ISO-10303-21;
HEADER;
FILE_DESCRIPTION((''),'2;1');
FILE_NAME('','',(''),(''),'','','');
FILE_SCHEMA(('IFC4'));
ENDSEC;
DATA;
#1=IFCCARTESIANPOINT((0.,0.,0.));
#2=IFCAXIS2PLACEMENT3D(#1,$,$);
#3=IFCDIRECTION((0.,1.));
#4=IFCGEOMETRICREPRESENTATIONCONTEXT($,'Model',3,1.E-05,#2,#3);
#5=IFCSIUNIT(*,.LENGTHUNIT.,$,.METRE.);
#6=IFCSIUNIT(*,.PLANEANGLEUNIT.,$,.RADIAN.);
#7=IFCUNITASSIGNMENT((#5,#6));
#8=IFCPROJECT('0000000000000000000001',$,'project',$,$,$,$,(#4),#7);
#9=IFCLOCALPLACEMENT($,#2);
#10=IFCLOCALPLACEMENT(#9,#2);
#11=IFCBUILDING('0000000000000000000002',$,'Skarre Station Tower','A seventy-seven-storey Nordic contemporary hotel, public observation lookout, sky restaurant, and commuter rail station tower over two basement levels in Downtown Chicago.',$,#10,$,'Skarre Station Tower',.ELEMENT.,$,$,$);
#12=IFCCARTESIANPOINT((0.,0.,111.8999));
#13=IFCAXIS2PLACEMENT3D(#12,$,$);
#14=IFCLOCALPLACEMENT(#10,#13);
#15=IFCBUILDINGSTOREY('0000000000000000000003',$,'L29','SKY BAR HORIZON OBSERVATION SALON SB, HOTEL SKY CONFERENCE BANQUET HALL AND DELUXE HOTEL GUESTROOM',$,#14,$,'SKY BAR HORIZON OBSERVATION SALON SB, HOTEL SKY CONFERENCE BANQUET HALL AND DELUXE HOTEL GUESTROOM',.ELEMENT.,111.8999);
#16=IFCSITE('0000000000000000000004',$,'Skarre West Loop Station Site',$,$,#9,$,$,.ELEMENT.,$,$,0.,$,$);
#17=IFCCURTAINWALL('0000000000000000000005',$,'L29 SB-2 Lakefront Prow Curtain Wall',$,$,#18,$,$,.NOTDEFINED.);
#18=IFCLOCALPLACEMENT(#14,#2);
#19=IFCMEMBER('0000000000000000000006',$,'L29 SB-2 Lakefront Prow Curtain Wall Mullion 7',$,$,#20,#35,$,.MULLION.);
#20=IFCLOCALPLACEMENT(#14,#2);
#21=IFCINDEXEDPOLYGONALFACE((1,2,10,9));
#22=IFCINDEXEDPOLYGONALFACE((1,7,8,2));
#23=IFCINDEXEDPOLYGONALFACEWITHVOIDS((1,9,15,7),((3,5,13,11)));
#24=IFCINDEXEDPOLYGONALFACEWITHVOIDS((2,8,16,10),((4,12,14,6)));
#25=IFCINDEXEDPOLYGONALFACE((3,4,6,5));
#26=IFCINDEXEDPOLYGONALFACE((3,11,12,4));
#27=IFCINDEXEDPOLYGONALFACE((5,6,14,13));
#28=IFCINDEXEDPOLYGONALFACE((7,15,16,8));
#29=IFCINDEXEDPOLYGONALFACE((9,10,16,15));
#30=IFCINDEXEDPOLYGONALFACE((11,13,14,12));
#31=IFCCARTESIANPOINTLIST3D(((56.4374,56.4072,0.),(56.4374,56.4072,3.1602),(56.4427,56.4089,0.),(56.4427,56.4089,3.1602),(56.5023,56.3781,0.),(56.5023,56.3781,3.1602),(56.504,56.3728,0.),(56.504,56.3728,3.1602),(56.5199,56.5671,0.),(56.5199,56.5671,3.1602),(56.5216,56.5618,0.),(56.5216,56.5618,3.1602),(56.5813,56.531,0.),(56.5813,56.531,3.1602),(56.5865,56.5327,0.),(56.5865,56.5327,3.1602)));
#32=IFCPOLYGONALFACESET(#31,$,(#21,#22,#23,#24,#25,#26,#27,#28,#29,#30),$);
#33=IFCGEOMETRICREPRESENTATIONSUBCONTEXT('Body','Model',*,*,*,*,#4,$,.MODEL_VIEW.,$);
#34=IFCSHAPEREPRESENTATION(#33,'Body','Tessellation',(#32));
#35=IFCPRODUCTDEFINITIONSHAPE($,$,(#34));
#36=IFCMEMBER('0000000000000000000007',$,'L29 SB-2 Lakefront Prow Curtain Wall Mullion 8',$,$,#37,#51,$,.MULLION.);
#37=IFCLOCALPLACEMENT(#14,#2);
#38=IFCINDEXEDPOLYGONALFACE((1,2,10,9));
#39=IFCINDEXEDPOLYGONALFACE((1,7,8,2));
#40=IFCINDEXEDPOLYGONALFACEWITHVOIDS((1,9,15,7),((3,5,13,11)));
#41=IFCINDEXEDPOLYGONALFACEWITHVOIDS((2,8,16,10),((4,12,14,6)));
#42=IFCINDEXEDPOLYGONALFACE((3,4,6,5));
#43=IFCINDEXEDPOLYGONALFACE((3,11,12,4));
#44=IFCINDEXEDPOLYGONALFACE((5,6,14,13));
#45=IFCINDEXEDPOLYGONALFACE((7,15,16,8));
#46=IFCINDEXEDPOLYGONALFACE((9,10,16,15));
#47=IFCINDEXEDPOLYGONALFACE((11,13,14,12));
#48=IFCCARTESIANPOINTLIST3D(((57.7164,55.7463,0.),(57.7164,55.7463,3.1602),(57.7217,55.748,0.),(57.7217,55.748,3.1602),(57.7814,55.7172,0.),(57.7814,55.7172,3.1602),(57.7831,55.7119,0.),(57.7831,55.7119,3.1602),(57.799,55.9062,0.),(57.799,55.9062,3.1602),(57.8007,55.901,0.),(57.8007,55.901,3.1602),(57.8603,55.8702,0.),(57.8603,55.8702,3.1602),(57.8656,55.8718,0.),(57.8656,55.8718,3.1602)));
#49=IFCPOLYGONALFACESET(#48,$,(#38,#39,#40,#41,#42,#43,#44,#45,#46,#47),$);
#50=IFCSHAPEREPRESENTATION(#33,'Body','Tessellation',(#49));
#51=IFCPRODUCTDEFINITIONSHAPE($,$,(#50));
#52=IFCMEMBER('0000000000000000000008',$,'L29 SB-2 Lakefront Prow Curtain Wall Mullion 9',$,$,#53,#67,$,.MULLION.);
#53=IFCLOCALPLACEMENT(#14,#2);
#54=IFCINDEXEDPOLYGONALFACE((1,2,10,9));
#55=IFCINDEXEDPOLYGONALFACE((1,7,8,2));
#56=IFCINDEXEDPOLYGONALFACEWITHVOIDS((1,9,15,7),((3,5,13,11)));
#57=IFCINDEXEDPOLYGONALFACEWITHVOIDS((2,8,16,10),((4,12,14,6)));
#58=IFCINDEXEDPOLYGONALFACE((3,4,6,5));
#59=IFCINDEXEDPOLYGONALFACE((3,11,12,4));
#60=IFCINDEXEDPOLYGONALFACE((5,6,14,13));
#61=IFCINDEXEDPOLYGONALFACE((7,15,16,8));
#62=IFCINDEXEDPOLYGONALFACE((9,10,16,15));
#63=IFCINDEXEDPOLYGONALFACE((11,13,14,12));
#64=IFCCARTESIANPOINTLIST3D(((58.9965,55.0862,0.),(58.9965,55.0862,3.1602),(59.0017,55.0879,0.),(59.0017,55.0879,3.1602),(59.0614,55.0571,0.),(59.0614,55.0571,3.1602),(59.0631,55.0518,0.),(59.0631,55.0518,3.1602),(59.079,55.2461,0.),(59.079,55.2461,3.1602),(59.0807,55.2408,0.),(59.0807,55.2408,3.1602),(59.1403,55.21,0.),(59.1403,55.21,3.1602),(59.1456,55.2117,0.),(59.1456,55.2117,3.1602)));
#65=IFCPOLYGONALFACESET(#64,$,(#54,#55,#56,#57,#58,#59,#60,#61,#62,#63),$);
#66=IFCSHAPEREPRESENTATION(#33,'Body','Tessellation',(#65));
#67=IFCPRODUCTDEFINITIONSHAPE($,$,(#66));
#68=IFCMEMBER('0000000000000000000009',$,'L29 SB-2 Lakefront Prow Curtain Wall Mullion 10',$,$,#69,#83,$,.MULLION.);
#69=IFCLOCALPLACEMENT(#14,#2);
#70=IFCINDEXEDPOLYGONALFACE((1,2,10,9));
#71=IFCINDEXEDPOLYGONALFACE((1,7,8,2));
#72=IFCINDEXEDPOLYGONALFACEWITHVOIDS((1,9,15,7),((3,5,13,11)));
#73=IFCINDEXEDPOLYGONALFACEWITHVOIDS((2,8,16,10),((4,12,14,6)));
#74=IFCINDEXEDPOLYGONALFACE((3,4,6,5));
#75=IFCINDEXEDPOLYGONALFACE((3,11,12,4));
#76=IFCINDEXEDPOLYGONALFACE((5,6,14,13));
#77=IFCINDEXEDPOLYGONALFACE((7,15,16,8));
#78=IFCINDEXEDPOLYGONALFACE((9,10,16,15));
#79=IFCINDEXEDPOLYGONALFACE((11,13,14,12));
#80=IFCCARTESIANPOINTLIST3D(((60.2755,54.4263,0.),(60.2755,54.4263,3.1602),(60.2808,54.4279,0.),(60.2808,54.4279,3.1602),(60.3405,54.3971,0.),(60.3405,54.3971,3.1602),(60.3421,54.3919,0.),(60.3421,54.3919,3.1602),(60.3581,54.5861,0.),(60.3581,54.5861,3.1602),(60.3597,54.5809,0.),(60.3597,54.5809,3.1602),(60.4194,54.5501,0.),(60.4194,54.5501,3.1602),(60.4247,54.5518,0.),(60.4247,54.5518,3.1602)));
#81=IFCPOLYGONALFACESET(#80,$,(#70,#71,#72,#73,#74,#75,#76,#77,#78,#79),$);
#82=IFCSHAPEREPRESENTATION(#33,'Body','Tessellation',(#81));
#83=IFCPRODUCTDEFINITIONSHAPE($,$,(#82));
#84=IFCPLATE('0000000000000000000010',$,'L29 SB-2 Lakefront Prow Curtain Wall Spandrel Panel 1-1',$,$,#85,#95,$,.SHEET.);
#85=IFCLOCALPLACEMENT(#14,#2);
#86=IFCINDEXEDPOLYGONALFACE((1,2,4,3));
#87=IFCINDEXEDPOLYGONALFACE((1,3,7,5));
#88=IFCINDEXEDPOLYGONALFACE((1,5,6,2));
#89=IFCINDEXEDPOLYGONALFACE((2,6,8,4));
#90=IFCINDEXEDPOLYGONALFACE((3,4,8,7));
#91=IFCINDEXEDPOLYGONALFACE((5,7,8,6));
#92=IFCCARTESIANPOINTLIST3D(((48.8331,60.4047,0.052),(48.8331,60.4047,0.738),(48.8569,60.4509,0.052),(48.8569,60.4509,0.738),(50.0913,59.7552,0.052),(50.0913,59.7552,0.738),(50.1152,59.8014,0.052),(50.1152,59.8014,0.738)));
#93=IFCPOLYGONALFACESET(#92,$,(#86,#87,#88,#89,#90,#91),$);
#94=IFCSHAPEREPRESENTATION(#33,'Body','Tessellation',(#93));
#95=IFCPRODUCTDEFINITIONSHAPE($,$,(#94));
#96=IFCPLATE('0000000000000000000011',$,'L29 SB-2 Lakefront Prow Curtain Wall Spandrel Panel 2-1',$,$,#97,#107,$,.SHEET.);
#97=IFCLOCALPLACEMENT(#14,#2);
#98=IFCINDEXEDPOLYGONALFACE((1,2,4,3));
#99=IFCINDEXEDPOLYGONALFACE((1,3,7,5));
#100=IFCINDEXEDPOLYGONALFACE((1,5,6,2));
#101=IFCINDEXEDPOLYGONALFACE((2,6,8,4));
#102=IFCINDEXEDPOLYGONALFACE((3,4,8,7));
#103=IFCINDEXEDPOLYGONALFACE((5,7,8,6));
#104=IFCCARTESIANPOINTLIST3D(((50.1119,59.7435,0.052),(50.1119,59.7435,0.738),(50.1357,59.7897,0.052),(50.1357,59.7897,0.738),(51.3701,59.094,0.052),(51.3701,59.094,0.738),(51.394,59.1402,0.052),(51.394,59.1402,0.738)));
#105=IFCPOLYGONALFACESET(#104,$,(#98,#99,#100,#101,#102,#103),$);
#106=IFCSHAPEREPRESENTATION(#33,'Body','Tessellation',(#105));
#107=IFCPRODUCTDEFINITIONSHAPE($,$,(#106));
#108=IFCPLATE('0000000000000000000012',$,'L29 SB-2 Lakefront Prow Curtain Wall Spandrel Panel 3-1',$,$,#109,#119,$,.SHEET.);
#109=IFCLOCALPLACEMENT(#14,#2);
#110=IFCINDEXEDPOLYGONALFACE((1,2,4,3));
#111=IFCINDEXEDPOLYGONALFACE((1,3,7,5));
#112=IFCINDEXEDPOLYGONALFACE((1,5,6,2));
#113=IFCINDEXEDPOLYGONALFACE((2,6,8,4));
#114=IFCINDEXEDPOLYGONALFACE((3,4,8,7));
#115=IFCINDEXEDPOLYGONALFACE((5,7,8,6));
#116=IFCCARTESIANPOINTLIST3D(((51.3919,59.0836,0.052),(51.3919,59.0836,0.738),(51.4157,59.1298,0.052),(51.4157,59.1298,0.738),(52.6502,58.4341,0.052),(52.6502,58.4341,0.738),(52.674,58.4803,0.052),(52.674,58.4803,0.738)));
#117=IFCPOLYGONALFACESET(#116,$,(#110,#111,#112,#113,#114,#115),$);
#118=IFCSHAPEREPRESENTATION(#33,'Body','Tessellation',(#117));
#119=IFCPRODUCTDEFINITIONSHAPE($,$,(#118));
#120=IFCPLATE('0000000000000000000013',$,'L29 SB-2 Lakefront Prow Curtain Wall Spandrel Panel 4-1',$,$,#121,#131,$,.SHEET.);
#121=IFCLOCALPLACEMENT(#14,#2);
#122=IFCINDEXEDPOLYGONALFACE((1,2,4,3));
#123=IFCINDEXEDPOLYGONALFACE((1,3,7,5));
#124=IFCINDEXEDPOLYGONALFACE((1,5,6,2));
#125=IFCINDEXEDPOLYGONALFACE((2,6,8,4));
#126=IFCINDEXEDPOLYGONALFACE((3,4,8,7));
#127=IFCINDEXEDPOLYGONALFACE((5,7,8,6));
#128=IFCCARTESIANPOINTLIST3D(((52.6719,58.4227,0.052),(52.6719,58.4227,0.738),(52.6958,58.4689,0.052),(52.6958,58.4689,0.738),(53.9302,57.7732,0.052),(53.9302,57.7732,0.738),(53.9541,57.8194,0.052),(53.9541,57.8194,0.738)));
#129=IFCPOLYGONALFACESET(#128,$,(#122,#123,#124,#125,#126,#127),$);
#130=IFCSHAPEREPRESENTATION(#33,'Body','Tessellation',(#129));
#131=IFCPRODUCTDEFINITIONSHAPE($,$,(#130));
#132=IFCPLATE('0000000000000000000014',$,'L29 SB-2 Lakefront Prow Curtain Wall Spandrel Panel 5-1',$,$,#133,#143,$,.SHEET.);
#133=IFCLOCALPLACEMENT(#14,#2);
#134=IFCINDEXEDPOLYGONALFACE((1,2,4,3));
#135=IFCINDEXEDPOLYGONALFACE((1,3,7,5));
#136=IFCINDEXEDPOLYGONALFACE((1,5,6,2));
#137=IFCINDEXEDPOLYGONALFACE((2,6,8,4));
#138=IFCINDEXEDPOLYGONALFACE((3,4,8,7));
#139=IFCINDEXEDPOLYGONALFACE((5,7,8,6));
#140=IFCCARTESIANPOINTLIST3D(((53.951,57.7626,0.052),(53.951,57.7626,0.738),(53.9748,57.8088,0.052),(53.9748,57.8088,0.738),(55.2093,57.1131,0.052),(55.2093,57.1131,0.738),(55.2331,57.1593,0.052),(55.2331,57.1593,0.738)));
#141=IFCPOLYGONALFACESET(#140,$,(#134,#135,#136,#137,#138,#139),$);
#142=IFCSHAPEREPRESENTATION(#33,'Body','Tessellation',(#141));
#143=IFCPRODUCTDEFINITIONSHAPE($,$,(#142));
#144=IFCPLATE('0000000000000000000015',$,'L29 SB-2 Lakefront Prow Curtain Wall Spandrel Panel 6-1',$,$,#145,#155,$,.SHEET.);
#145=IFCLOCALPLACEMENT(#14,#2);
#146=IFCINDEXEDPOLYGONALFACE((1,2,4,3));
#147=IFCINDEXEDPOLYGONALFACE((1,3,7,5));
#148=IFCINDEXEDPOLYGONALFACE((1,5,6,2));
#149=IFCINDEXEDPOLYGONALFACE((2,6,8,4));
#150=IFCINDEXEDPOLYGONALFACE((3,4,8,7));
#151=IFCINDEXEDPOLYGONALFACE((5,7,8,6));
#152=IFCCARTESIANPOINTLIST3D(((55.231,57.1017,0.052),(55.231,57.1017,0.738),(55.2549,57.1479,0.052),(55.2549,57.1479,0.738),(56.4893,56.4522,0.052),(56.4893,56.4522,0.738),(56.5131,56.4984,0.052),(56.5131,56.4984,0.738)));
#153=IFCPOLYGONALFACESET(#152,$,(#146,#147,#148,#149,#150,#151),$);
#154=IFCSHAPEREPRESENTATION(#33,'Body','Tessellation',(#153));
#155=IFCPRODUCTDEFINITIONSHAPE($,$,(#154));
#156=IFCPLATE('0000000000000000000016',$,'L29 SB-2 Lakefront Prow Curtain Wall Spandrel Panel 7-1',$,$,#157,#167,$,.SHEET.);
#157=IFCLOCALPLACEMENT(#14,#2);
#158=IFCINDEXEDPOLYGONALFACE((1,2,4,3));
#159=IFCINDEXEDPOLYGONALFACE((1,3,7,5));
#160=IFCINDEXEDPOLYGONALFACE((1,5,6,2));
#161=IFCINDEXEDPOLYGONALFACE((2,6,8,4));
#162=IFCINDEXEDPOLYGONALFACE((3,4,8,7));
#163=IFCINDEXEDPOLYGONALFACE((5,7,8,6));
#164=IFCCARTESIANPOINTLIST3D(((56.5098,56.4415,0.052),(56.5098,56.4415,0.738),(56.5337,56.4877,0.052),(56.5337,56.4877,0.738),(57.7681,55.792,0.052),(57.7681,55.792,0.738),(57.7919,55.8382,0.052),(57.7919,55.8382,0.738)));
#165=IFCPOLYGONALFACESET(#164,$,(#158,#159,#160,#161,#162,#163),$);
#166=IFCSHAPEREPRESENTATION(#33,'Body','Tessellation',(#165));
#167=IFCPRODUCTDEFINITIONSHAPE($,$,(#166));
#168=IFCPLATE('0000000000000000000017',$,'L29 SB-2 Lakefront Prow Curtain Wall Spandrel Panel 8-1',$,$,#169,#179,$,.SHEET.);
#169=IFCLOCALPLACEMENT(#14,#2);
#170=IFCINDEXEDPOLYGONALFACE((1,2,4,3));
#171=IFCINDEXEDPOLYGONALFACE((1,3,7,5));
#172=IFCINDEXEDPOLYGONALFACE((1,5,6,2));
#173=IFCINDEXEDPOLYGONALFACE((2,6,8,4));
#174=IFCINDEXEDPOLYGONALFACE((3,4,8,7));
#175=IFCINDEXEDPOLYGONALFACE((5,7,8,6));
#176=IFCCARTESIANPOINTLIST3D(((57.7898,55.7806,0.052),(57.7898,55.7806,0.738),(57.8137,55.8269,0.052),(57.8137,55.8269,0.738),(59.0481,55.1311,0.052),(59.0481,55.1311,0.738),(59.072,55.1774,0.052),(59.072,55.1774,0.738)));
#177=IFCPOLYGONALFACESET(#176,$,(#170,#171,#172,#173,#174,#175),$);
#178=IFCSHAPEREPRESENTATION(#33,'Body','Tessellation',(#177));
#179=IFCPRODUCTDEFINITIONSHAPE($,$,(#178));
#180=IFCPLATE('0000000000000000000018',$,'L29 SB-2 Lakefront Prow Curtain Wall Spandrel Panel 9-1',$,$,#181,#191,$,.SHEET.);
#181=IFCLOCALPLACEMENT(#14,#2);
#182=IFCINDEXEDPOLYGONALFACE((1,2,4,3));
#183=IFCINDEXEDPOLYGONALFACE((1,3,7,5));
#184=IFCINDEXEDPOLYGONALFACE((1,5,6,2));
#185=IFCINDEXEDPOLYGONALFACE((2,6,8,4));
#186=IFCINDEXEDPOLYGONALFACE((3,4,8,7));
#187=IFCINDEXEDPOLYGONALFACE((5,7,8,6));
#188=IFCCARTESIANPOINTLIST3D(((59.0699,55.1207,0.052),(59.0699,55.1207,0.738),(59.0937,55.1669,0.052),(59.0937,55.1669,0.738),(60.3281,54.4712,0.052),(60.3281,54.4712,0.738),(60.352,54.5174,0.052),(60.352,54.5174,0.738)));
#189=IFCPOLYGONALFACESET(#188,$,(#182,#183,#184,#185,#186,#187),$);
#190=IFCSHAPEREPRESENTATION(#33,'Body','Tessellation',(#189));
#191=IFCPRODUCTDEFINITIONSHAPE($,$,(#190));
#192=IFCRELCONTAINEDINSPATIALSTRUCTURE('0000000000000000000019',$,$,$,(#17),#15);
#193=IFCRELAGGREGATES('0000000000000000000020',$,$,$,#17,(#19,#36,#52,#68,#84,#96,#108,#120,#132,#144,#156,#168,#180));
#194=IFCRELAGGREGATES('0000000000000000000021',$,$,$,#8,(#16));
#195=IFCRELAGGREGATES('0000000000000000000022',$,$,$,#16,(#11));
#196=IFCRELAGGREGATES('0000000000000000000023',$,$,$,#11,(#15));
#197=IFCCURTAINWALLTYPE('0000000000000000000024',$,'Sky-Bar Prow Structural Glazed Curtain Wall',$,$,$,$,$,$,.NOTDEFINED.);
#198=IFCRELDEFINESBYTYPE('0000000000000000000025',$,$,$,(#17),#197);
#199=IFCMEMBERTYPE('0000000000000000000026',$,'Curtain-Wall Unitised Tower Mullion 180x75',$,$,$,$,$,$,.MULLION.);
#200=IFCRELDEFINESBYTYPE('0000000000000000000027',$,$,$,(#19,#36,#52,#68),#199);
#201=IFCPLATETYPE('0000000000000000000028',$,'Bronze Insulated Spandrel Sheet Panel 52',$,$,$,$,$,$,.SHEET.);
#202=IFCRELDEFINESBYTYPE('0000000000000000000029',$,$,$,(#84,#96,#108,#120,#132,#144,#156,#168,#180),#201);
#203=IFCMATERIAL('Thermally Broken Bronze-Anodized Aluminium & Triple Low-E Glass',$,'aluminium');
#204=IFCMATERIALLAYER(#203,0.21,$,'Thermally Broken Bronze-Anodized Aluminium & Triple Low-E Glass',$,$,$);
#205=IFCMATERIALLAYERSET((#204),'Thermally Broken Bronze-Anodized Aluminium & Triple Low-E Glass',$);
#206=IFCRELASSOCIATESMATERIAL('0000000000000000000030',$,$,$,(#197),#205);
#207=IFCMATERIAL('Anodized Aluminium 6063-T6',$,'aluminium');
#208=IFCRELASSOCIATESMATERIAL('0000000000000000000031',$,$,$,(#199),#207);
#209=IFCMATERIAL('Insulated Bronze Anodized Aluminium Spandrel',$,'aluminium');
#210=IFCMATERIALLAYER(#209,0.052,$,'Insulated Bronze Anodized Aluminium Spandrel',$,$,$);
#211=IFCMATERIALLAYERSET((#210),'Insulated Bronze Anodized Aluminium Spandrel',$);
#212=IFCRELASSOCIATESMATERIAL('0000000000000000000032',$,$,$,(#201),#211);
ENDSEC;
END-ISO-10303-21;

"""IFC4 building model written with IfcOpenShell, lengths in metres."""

from ifc_helpers import new_model, si_unit, direction, frame, origin, origin_2d, place, context, subcontext, project, spatial, rectangle, hollow_rectangle, extrude, material, layer, layer_set, material_profile, profile_set, type_object, element, aggregate, save


model = new_model("IFC4")

# Units and contexts
model_context = context("Model", 3, precision=1e-05, world=origin(), true_north=direction((0.0, 1.0)))
body_context = subcontext(model_context, "Body", "Model", "MODEL_VIEW")
ifc_project = project(units=[si_unit("LENGTHUNIT", "METRE"), si_unit("PLANEANGLEUNIT", "RADIAN")], contexts=[model_context])

# Site, building, storey
site_placement = place(None, origin())
site = spatial("IfcSite", under=ifc_project, at=site_placement, Name="Skarre West Loop Station Site", CompositionType="ELEMENT", RefElevation=0.0)
building_placement = place(site_placement, origin())
building = spatial("IfcBuilding", under=site, at=building_placement, Name="Skarre Station Tower", Description="A seventy-seven-storey Nordic contemporary hotel, public observation lookout, sky restaurant, and commuter rail station tower over two basement levels in Downtown Chicago.", LongName="Skarre Station Tower", CompositionType="ELEMENT")
storey_placement = place(building_placement, frame((0.0, 0.0, 111.8999)))
storey = spatial("IfcBuildingStorey", under=building, at=storey_placement, Name="L29", Description="SKY BAR HORIZON OBSERVATION SALON SB, HOTEL SKY CONFERENCE BANQUET HALL AND DELUXE HOTEL GUESTROOM", LongName="SKY BAR HORIZON OBSERVATION SALON SB, HOTEL SKY CONFERENCE BANQUET HALL AND DELUXE HOTEL GUESTROOM", CompositionType="ELEMENT", Elevation=111.8999)

# Curtain wall, members, plates
ifc_material_1 = material(Name="Thermally Broken Bronze-Anodized Aluminium & Triple Low-E Glass", Category="aluminium")
ifc_layer_1 = layer(ifc_material_1, 0.21, Name="Thermally Broken Bronze-Anodized Aluminium & Triple Low-E Glass")
ifc_layer_set_1 = layer_set([ifc_layer_1], Name="Thermally Broken Bronze-Anodized Aluminium & Triple Low-E Glass")
curtain_wall_type = type_object("IfcCurtainWallType", Name="Sky-Bar Prow Structural Glazed Curtain Wall", PredefinedType="NOTDEFINED", material=ifc_layer_set_1)
curtain_wall_placement = place(storey_placement, origin())
curtain_wall = element("IfcCurtainWall", 1, at=curtain_wall_placement, inside=storey, type_object=curtain_wall_type, Name="L29 SB-2 Lakefront Prow Curtain Wall", PredefinedType="NOTDEFINED")
ifc_material_2 = material(Name="Anodized Aluminium 6063-T6", Category="aluminium")
ifc_material_profile_1 = material_profile(ifc_material_2, hollow_rectangle(XDim=0.075, YDim=0.1799, WallThickness=0.0039, at=origin_2d()), Name="Anodized Aluminium 6063-T6")
ifc_profile_set_1 = profile_set([ifc_material_profile_1], Name="Anodized Aluminium 6063-T6")
member_type_1 = type_object("IfcMemberType", Name="Curtain-Wall Unitised Tower Mullion 180x75", PredefinedType="MULLION", material=ifc_profile_set_1)
member_1_placement = place(storey_placement, frame((56.512, 56.47, 0.0), z_axis=(0.0, 0.0, 1.0), x_axis=(0.888601, -0.458681, 0.0)))
member_1 = element("IfcMember", 2, at=member_1_placement, type_object=member_type_1, Name="L29 SB-2 Lakefront Prow Curtain Wall Mullion 7", PredefinedType="MULLION", context=body_context, shape_type="SweptSolid", body=[
    extrude(hollow_rectangle(XDim=0.075, YDim=0.1799, WallThickness=0.0039, at=origin_2d()), origin(), (0.0, 0.0, 1.0), 3.1602),
])
member_2_placement = place(storey_placement, frame((57.791, 55.8091, 0.0), z_axis=(0.0, 0.0, 1.0), x_axis=(0.888601, -0.458681, 0.0)))
member_2 = element("IfcMember", 3, at=member_2_placement, type_object=member_type_1, Name="L29 SB-2 Lakefront Prow Curtain Wall Mullion 8", PredefinedType="MULLION", context=body_context, shape_type="SweptSolid", body=[
    extrude(hollow_rectangle(XDim=0.075, YDim=0.1799, WallThickness=0.0039, at=origin_2d()), origin(), (0.0, 0.0, 1.0), 3.1602),
])
member_3_placement = place(storey_placement, frame((59.071, 55.1489, 0.0), z_axis=(0.0, 0.0, 1.0), x_axis=(0.888601, -0.458681, 0.0)))
member_3 = element("IfcMember", 4, at=member_3_placement, type_object=member_type_1, Name="L29 SB-2 Lakefront Prow Curtain Wall Mullion 9", PredefinedType="MULLION", context=body_context, shape_type="SweptSolid", body=[
    extrude(hollow_rectangle(XDim=0.075, YDim=0.1799, WallThickness=0.0039, at=origin_2d()), origin(), (0.0, 0.0, 1.0), 3.1602),
])
member_4_placement = place(storey_placement, frame((60.3501, 54.489, 0.0), z_axis=(0.0, 0.0, 1.0), x_axis=(0.888601, -0.458681, 0.0)))
member_4 = element("IfcMember", 5, at=member_4_placement, type_object=member_type_1, Name="L29 SB-2 Lakefront Prow Curtain Wall Mullion 10", PredefinedType="MULLION", context=body_context, shape_type="SweptSolid", body=[
    extrude(hollow_rectangle(XDim=0.075, YDim=0.1799, WallThickness=0.0039, at=origin_2d()), origin(), (0.0, 0.0, 1.0), 3.1602),
])
ifc_material_3 = material(Name="Insulated Bronze Anodized Aluminium Spandrel", Category="aluminium")
ifc_layer_2 = layer(ifc_material_3, 0.052, Name="Insulated Bronze Anodized Aluminium Spandrel")
ifc_layer_set_2 = layer_set([ifc_layer_2], Name="Insulated Bronze Anodized Aluminium Spandrel")
plate_type_1 = type_object("IfcPlateType", Name="Bronze Insulated Spandrel Sheet Panel 52", PredefinedType="SHEET", material=ifc_layer_set_2)
plate_1_placement = place(storey_placement, frame((49.4741, 60.103, 0.052), z_axis=(0.0, 0.0, 1.0), x_axis=(0.888601, -0.458681, 0.0)))
plate_1 = element("IfcPlate", 6, at=plate_1_placement, type_object=plate_type_1, Name="L29 SB-2 Lakefront Prow Curtain Wall Spandrel Panel 1-1", PredefinedType="SHEET", context=body_context, shape_type="SweptSolid", body=[
    extrude(rectangle(XDim=1.416, YDim=0.052, at=origin_2d()), origin(), (0.0, 0.0, 1.0), 0.686),
])
plate_2_placement = place(storey_placement, frame((50.7529, 59.4419, 0.052), z_axis=(0.0, 0.0, 1.0), x_axis=(0.888601, -0.458681, 0.0)))
plate_2 = element("IfcPlate", 7, at=plate_2_placement, type_object=plate_type_1, Name="L29 SB-2 Lakefront Prow Curtain Wall Spandrel Panel 2-1", PredefinedType="SHEET", context=body_context, shape_type="SweptSolid", body=[
    extrude(rectangle(XDim=1.416, YDim=0.052, at=origin_2d()), origin(), (0.0, 0.0, 1.0), 0.686),
])
plate_3_placement = place(storey_placement, frame((52.033, 58.782, 0.052), z_axis=(0.0, 0.0, 1.0), x_axis=(0.888601, -0.458681, 0.0)))
plate_3 = element("IfcPlate", 8, at=plate_3_placement, type_object=plate_type_1, Name="L29 SB-2 Lakefront Prow Curtain Wall Spandrel Panel 3-1", PredefinedType="SHEET", context=body_context, shape_type="SweptSolid", body=[
    extrude(rectangle(XDim=1.416, YDim=0.052, at=origin_2d()), origin(), (0.0, 0.0, 1.0), 0.686),
])
plate_4_placement = place(storey_placement, frame((53.313, 58.1211, 0.052), z_axis=(0.0, 0.0, 1.0), x_axis=(0.888601, -0.458681, 0.0)))
plate_4 = element("IfcPlate", 9, at=plate_4_placement, type_object=plate_type_1, Name="L29 SB-2 Lakefront Prow Curtain Wall Spandrel Panel 4-1", PredefinedType="SHEET", context=body_context, shape_type="SweptSolid", body=[
    extrude(rectangle(XDim=1.416, YDim=0.052, at=origin_2d()), origin(), (0.0, 0.0, 1.0), 0.686),
])
plate_5_placement = place(storey_placement, frame((54.592, 57.4609, 0.052), z_axis=(0.0, 0.0, 1.0), x_axis=(0.888601, -0.458681, 0.0)))
plate_5 = element("IfcPlate", 10, at=plate_5_placement, type_object=plate_type_1, Name="L29 SB-2 Lakefront Prow Curtain Wall Spandrel Panel 5-1", PredefinedType="SHEET", context=body_context, shape_type="SweptSolid", body=[
    extrude(rectangle(XDim=1.416, YDim=0.052, at=origin_2d()), origin(), (0.0, 0.0, 1.0), 0.686),
])
plate_6_placement = place(storey_placement, frame((55.8721, 56.8, 0.052), z_axis=(0.0, 0.0, 1.0), x_axis=(0.888601, -0.458681, 0.0)))
plate_6 = element("IfcPlate", 11, at=plate_6_placement, type_object=plate_type_1, Name="L29 SB-2 Lakefront Prow Curtain Wall Spandrel Panel 6-1", PredefinedType="SHEET", context=body_context, shape_type="SweptSolid", body=[
    extrude(rectangle(XDim=1.416, YDim=0.052, at=origin_2d()), origin(), (0.0, 0.0, 1.0), 0.686),
])
plate_7_placement = place(storey_placement, frame((57.1509, 56.1399, 0.052), z_axis=(0.0, 0.0, 1.0), x_axis=(0.888601, -0.458681, 0.0)))
plate_7 = element("IfcPlate", 12, at=plate_7_placement, type_object=plate_type_1, Name="L29 SB-2 Lakefront Prow Curtain Wall Spandrel Panel 7-1", PredefinedType="SHEET", context=body_context, shape_type="SweptSolid", body=[
    extrude(rectangle(XDim=1.416, YDim=0.052, at=origin_2d()), origin(), (0.0, 0.0, 1.0), 0.686),
])
plate_8_placement = place(storey_placement, frame((58.4309, 55.479, 0.052), z_axis=(0.0, 0.0, 1.0), x_axis=(0.888601, -0.458681, 0.0)))
plate_8 = element("IfcPlate", 13, at=plate_8_placement, type_object=plate_type_1, Name="L29 SB-2 Lakefront Prow Curtain Wall Spandrel Panel 8-1", PredefinedType="SHEET", context=body_context, shape_type="SweptSolid", body=[
    extrude(rectangle(XDim=1.416, YDim=0.052, at=origin_2d()), origin(), (0.0, 0.0, 1.0), 0.686),
])
plate_9_placement = place(storey_placement, frame((59.7109, 54.8191, 0.052), z_axis=(0.0, 0.0, 1.0), x_axis=(0.888601, -0.458681, 0.0)))
plate_9 = element("IfcPlate", 14, at=plate_9_placement, type_object=plate_type_1, Name="L29 SB-2 Lakefront Prow Curtain Wall Spandrel Panel 9-1", PredefinedType="SHEET", context=body_context, shape_type="SweptSolid", body=[
    extrude(rectangle(XDim=1.416, YDim=0.052, at=origin_2d()), origin(), (0.0, 0.0, 1.0), 0.686),
])
aggregate(curtain_wall, [member_1, member_2, member_3, member_4, plate_1, plate_2, plate_3, plate_4, plate_5, plate_6, plate_7, plate_8, plate_9])

save(model, "model.ifc")
